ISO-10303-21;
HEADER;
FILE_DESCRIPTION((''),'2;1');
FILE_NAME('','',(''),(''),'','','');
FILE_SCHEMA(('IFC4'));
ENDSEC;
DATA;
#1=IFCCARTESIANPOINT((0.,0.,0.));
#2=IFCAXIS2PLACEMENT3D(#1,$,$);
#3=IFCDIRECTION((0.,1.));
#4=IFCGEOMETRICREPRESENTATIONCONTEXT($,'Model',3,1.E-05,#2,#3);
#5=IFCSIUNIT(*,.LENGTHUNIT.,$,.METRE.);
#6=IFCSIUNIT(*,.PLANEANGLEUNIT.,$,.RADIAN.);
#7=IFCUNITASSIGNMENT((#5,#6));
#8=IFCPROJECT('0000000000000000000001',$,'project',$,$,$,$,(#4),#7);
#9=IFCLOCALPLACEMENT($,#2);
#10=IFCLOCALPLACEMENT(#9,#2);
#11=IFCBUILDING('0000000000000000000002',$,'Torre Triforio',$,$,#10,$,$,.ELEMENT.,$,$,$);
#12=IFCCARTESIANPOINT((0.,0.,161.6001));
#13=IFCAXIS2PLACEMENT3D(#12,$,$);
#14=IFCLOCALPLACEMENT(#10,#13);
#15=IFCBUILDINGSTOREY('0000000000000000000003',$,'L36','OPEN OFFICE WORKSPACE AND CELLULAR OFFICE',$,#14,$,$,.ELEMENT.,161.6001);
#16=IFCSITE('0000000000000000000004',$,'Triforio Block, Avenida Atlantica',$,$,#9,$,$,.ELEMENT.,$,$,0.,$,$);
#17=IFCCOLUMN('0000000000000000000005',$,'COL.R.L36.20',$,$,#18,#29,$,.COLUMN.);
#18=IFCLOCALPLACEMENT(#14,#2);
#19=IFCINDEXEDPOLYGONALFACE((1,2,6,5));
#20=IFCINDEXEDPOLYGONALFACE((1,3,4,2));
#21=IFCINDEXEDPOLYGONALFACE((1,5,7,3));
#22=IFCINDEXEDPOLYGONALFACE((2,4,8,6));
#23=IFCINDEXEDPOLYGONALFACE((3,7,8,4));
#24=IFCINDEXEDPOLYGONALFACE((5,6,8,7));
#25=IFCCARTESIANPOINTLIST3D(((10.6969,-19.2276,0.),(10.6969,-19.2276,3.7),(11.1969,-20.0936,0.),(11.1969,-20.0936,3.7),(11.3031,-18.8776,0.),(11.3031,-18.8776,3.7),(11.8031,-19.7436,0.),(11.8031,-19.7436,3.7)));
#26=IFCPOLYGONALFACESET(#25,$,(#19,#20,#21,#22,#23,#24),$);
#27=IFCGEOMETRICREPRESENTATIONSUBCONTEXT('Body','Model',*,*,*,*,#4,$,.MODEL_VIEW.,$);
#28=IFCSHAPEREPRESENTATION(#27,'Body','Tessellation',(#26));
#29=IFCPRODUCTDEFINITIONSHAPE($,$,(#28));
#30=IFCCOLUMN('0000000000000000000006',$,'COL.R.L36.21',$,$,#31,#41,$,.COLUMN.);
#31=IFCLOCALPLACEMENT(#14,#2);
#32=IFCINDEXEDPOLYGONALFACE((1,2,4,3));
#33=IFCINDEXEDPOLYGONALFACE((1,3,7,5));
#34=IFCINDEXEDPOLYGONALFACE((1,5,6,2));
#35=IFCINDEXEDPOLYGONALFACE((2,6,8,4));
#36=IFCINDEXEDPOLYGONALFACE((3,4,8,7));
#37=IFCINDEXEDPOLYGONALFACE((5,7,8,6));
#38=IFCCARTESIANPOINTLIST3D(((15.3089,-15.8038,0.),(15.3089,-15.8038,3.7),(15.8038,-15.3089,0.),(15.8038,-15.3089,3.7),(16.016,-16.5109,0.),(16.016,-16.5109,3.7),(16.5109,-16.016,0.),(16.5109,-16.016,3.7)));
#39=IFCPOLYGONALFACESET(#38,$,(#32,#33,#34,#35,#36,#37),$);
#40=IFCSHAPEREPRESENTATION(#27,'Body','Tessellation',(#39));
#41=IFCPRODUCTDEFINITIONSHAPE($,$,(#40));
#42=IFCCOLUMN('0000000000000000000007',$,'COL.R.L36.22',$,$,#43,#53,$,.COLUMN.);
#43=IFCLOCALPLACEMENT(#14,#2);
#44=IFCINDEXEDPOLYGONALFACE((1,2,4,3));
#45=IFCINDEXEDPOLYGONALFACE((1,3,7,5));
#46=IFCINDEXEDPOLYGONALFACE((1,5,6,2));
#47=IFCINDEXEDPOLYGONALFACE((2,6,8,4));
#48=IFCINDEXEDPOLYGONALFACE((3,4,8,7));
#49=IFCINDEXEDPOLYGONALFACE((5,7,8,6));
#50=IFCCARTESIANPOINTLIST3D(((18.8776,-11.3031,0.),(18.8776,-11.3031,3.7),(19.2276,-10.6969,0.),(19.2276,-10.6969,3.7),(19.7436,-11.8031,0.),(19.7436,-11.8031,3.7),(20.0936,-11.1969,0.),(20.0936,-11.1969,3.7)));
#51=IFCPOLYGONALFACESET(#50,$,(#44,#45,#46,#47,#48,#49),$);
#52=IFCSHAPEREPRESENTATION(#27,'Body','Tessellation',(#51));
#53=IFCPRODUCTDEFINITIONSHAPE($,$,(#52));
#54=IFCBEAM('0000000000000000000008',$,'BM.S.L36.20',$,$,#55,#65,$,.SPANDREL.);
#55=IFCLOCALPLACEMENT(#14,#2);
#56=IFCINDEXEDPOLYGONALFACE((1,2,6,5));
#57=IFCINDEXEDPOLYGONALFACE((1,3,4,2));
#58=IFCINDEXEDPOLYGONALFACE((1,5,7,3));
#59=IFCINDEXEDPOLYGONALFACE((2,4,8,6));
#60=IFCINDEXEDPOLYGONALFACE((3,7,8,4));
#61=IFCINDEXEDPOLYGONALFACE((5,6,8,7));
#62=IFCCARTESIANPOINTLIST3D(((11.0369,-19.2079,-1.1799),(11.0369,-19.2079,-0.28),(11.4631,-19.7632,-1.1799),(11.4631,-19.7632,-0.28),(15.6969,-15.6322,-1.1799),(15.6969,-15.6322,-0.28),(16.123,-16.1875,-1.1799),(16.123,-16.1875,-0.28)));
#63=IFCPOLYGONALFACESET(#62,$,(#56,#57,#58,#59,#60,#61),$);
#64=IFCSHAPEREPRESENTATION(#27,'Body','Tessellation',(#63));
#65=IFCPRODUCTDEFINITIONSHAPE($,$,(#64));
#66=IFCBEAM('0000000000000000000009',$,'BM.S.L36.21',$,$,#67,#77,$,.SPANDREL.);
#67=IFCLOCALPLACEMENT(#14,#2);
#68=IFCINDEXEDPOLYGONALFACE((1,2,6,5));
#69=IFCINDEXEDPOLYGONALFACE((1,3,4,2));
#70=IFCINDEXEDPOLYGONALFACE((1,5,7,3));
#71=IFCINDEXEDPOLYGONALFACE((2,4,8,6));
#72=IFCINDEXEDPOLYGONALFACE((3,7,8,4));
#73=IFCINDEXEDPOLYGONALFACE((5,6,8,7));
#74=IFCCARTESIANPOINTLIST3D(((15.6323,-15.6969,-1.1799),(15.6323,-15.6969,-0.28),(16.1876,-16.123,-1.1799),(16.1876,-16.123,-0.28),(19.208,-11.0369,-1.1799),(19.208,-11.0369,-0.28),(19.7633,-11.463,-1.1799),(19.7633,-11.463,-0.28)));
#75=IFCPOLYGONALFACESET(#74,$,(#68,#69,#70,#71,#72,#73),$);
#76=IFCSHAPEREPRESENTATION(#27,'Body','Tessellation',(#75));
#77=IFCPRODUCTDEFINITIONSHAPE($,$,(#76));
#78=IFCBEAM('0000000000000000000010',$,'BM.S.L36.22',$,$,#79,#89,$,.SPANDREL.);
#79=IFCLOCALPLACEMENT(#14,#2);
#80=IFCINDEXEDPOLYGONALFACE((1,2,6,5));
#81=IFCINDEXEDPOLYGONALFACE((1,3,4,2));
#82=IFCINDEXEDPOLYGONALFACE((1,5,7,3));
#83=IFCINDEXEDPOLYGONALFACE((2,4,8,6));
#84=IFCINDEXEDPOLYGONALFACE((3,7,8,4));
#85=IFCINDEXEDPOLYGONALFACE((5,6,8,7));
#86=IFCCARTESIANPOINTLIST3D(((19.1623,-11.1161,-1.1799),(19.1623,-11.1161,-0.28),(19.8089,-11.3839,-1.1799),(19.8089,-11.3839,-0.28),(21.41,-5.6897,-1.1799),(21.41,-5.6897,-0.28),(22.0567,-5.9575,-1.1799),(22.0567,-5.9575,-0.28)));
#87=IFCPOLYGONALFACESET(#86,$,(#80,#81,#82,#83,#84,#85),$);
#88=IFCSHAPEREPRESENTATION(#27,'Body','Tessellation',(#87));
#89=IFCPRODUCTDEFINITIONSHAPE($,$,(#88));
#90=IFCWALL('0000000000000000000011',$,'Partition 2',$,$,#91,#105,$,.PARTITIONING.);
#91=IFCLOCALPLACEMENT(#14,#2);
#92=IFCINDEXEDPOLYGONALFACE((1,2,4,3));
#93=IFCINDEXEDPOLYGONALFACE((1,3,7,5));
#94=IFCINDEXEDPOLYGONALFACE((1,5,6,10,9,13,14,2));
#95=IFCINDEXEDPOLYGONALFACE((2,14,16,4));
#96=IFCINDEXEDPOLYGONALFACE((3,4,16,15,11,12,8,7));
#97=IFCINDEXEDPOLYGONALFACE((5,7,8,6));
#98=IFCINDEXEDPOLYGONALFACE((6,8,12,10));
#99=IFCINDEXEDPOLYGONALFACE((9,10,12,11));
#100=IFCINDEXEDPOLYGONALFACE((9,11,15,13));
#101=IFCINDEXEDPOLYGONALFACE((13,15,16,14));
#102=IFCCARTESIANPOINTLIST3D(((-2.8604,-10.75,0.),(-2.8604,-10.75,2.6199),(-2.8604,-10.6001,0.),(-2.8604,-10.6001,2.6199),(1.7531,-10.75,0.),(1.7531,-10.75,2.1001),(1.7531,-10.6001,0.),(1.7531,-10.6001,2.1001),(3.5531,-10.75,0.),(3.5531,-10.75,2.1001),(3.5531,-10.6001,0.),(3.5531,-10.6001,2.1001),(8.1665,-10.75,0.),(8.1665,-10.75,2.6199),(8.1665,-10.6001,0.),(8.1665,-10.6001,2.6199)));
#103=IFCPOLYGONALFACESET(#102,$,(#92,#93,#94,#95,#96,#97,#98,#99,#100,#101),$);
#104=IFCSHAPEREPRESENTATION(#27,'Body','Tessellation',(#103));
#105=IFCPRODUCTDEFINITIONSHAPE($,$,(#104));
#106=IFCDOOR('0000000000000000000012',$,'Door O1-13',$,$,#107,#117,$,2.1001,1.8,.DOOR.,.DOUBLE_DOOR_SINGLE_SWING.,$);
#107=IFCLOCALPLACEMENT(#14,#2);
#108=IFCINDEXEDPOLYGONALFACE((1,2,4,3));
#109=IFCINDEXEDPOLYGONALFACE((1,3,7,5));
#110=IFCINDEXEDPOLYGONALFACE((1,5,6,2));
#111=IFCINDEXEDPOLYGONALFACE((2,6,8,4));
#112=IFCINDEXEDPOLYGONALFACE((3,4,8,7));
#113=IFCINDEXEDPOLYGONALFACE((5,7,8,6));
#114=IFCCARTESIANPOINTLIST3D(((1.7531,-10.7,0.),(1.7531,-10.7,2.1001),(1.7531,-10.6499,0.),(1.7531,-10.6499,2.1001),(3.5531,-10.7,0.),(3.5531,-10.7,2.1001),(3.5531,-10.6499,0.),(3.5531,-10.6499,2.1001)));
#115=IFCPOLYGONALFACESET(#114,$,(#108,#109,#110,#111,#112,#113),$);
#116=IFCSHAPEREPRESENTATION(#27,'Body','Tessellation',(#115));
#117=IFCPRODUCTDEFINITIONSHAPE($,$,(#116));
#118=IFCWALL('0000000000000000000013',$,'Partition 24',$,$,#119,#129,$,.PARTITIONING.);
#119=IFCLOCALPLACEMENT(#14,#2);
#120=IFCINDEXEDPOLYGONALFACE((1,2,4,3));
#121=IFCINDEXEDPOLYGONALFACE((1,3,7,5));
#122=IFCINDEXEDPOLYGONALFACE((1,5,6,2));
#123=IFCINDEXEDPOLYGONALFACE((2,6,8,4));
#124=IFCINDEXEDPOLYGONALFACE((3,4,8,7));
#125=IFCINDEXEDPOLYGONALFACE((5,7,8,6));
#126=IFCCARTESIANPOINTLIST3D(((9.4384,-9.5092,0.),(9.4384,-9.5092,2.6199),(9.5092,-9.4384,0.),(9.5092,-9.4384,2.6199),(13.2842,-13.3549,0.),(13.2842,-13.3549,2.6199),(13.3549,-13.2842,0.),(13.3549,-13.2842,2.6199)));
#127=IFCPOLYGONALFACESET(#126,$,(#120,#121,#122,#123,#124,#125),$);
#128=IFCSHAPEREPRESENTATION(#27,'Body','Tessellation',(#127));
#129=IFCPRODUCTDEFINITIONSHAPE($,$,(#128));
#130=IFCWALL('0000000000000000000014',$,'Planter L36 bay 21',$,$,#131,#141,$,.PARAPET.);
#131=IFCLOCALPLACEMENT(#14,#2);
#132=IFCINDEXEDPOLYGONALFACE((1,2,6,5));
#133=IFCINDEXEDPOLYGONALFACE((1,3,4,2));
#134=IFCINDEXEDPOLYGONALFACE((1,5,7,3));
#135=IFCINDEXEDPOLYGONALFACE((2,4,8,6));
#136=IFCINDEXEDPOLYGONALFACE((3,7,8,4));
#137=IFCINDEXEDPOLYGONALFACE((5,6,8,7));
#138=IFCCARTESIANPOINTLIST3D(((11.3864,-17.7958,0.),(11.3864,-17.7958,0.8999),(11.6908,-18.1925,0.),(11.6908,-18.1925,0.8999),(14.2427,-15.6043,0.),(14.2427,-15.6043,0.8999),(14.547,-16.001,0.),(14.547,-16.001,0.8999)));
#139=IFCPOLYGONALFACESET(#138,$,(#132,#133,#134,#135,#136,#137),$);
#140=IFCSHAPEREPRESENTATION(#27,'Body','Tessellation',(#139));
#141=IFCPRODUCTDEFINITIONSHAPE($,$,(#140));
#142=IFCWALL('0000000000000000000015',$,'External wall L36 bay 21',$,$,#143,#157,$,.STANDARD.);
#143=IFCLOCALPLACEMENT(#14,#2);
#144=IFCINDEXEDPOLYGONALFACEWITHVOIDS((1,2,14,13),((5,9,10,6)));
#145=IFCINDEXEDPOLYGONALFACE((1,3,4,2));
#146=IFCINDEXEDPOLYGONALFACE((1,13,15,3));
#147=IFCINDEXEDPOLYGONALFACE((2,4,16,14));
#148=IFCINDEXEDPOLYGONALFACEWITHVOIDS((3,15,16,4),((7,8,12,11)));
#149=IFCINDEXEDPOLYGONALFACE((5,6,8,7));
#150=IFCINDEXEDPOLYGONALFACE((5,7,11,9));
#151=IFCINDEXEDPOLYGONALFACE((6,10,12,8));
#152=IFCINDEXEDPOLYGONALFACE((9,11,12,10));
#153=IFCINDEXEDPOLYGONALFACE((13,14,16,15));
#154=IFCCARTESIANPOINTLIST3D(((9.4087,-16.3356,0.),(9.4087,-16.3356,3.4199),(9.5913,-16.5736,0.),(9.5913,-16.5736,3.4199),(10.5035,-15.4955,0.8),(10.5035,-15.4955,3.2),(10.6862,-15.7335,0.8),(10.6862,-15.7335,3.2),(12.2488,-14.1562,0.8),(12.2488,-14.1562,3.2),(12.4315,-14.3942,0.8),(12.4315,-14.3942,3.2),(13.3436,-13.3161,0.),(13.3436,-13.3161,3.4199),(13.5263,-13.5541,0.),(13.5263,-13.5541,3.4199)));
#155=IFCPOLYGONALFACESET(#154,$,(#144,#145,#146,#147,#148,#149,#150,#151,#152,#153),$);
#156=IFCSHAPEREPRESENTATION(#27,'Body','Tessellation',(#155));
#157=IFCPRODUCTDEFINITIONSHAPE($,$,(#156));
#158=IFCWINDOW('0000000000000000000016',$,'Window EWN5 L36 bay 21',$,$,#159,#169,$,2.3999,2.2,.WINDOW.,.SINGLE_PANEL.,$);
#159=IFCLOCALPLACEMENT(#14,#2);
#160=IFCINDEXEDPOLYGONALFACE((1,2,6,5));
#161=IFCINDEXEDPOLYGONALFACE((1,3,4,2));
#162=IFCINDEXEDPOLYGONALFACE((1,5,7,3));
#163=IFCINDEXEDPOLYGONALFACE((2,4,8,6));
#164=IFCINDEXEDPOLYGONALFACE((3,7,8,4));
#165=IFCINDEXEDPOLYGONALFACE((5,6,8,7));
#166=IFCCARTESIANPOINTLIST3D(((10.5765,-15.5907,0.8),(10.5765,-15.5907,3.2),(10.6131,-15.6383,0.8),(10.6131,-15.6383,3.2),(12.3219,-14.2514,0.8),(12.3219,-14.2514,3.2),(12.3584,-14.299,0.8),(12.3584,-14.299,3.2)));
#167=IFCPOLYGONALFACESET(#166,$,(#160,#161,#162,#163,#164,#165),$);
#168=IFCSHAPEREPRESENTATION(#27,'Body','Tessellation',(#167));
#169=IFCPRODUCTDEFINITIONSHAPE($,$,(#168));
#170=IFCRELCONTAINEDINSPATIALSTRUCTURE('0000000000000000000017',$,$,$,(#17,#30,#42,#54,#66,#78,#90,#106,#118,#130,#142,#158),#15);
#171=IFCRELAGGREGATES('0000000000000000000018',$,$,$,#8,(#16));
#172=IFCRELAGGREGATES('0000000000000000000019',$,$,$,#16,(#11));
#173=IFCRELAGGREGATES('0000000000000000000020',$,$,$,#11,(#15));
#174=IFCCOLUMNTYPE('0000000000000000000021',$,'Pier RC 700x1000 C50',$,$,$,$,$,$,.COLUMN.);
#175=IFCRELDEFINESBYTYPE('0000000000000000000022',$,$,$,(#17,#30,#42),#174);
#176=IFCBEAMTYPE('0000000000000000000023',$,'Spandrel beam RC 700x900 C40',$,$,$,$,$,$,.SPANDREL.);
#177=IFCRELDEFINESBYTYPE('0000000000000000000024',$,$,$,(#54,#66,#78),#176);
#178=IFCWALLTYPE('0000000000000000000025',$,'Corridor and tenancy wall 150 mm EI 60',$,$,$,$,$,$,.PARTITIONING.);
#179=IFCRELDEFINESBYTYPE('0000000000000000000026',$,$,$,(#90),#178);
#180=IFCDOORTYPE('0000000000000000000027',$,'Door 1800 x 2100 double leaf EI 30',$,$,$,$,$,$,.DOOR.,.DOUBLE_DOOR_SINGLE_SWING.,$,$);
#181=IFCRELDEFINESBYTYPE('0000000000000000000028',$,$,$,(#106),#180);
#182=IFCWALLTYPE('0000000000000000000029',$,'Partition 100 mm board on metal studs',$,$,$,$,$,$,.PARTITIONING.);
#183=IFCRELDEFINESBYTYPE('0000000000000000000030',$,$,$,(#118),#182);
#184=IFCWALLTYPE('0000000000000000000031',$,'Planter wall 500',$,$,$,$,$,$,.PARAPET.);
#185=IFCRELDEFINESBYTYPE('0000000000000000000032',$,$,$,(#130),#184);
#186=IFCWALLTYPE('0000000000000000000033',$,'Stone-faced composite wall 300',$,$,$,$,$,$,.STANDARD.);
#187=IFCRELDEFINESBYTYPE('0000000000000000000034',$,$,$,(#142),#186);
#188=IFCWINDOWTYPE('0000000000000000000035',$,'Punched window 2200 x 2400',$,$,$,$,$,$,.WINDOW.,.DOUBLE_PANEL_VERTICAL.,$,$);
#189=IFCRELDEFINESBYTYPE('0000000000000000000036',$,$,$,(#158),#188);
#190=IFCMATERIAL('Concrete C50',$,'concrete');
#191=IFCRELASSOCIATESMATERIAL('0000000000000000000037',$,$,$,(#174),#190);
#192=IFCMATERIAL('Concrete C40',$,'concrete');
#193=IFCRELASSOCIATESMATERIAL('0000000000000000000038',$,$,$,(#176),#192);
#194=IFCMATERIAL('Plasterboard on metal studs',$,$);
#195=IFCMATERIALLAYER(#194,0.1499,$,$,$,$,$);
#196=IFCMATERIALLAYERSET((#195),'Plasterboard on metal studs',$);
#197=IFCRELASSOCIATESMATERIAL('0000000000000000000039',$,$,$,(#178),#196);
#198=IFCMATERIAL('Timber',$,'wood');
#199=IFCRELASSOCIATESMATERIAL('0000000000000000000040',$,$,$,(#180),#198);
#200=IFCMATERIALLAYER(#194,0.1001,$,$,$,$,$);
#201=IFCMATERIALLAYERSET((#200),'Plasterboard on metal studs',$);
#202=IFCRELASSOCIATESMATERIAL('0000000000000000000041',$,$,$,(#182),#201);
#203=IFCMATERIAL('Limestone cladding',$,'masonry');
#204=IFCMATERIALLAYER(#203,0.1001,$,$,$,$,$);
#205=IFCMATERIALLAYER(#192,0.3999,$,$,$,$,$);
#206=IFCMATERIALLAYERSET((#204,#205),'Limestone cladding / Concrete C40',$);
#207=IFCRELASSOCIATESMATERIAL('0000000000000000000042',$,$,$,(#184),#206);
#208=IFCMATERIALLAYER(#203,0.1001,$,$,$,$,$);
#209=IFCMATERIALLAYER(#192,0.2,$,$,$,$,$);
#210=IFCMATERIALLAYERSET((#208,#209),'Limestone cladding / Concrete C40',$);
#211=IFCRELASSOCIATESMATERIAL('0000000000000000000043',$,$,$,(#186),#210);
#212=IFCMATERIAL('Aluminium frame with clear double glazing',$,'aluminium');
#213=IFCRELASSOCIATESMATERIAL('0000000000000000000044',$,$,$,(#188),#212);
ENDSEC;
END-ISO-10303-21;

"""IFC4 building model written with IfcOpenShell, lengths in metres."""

from ifc_helpers import new_model, si_unit, direction, frame, frame_2d, origin, origin_2d, place, context, subcontext, project, spatial, rectangle, extrude, material, layer, layer_set, material_profile, profile_set, type_object, element, fill, save


model = new_model("IFC4")

# Units and contexts
model_context = context("Model", 3, precision=1e-05, world=origin(), true_north=direction((0.0, 1.0)))
body_context = subcontext(model_context, "Body", "Model", "MODEL_VIEW")
ifc_project = project(units=[si_unit("LENGTHUNIT", "METRE"), si_unit("PLANEANGLEUNIT", "RADIAN")], contexts=[model_context])

# Site, building, storey
site_placement = place(None, origin())
site = spatial("IfcSite", under=ifc_project, at=site_placement, Name="Triforio Block, Avenida Atlantica", CompositionType="ELEMENT", RefElevation=0.0)
building_placement = place(site_placement, origin())
building = spatial("IfcBuilding", under=site, at=building_placement, Name="Torre Triforio", CompositionType="ELEMENT")
storey_placement = place(building_placement, frame((0.0, 0.0, 161.6001)))
storey = spatial("IfcBuildingStorey", under=building, at=storey_placement, Name="L36", Description="OPEN OFFICE WORKSPACE AND CELLULAR OFFICE", CompositionType="ELEMENT", Elevation=161.6001)

# Columns
ifc_material_1 = material(Name="Concrete C50", Category="concrete")
ifc_material_profile_1 = material_profile(ifc_material_1, rectangle(XDim=0.7, YDim=1.0, at=origin_2d()), Name="RC 700x1000")
ifc_profile_set_1 = profile_set([ifc_material_profile_1], Name="Concrete C50")
column_type = type_object("IfcColumnType", Name="Pier RC 700x1000 C50", PredefinedType="COLUMN", material=ifc_profile_set_1)
for number, where, z_axis, x_axis, name in (
    (1, (11.25, -19.4856, 0.0), (0.0, 0.0, 1.0), (0.866025, 0.5, 0.0), "COL.R.L36.20"),
    (2, (15.9099, -15.9099, 0.0), (0.0, 0.0, 1.0), (0.707107, 0.707107, 0.0), "COL.R.L36.21"),
    (3, (19.4856, -11.25, 0.0), (0.0, 0.0, 1.0), (0.5, 0.866025, 0.0), "COL.R.L36.22"),
):
    element("IfcColumn", number, at=place(storey_placement, frame(where, z_axis=z_axis, x_axis=x_axis)), inside=storey, type_object=column_type, Name=name, PredefinedType="COLUMN", context=body_context, shape_type="SweptSolid", body=[
        extrude(rectangle(XDim=0.7, YDim=1.0, at=origin_2d()), origin(), (0.0, 0.0, 1.0), 3.7),
    ])

# Beams
ifc_material_2 = material(Name="Concrete C40", Category="concrete")
ifc_material_profile_2 = material_profile(ifc_material_2, rectangle(XDim=0.7, YDim=0.8999, at=origin_2d()), Name="RC 700x900")
ifc_profile_set_2 = profile_set([ifc_material_profile_2], Name="Concrete C40")
beam_type = type_object("IfcBeamType", Name="Spandrel beam RC 700x900 C40", PredefinedType="SPANDREL", material=ifc_profile_set_2)
for number, where, z_axis, x_axis, name in (
    (4, (11.25, -19.4856, -0.73), (0.793353, 0.608762, 0.0), (-0.608762, 0.793353, 0.0), "BM.S.L36.20"),
    (5, (15.9099, -15.9099, -0.73), (0.608762, 0.793353, 0.0), (-0.793353, 0.608762, 0.0), "BM.S.L36.21"),
):
    element("IfcBeam", number, at=place(storey_placement, frame(where, z_axis=z_axis, x_axis=x_axis)), inside=storey, type_object=beam_type, Name=name, PredefinedType="SPANDREL", context=body_context, shape_type="SweptSolid", body=[
        extrude(rectangle(XDim=0.7, YDim=0.8999, at=origin_2d()), origin(), (0.0, 0.0, 1.0), 5.8738),
    ])
beam_placement = place(storey_placement, frame((19.4856, -11.25, -0.73), z_axis=(0.382693, 0.923875, 0.0), x_axis=(-0.923875, 0.382693, 0.0)))
element("IfcBeam", 6, at=beam_placement, inside=storey, type_object=beam_type, Name="BM.S.L36.22", PredefinedType="SPANDREL", context=body_context, shape_type="SweptSolid", body=[
    extrude(rectangle(XDim=0.7, YDim=0.8999, at=origin_2d()), origin(), (0.0, 0.0, 1.0), 5.8735),
])

# Wall, opening, door
ifc_material_3 = material(Name="Plasterboard on metal studs")
ifc_layer_1 = layer(ifc_material_3, 0.1499)
ifc_layer_set_1 = layer_set([ifc_layer_1], Name="Plasterboard on metal studs")
wall_type_1 = type_object("IfcWallType", Name="Corridor and tenancy wall 150 mm EI 60", PredefinedType="PARTITIONING", material=ifc_layer_set_1)
wall_1_placement = place(storey_placement, frame((8.1665, -10.675, 0.0), z_axis=(0.0, 0.0, 1.0), x_axis=(-1.0, 0.0, 0.0)))
wall_1 = element("IfcWall", 7, at=wall_1_placement, inside=storey, type_object=wall_type_1, Name="Partition 2", PredefinedType="PARTITIONING", context=body_context, shape_type="SweptSolid", body=[
    extrude(rectangle(XDim=11.0269, YDim=0.1499, at=frame_2d((5.5134, 0.0))), origin(), (0.0, 0.0, 1.0), 2.6199),
])
opening_1_placement = place(wall_1_placement, frame((4.6135, 0.0, 0.0)))
opening_1 = element("IfcOpeningElement", 8, at=opening_1_placement, cuts=wall_1, PredefinedType="OPENING", context=body_context, shape_type="SweptSolid", body=[
    extrude(rectangle(XDim=1.8, YDim=2.1001, at=frame_2d((0.8999, 1.05))), frame((0.0, 0.085, 0.0), z_axis=(0.0, -1.0, 0.0), x_axis=(1.0, 0.0, 0.0)), (0.0, 0.0, 1.0), 0.1699),
])
ifc_material_4 = material(Name="Timber", Category="wood")
door_type_1 = type_object("IfcDoorType", Name="Door 1800 x 2100 double leaf EI 30", OperationType="DOUBLE_DOOR_SINGLE_SWING", PredefinedType="DOOR", material=ifc_material_4)
door_1_placement = place(opening_1_placement, origin())
door_1 = element("IfcDoor", 9, at=door_1_placement, inside=storey, type_object=door_type_1, Name="Door O1-13", OperationType="DOUBLE_DOOR_SINGLE_SWING", OverallHeight=2.1001, OverallWidth=1.8, PredefinedType="DOOR", context=body_context, shape_type="SweptSolid", body=[
    extrude(rectangle(XDim=1.8, YDim=2.1001, at=frame_2d((0.8999, 1.05))), frame((0.0, 0.0249, 0.0), z_axis=(0.0, -1.0, 0.0), x_axis=(1.0, 0.0, 0.0)), (0.0, 0.0, 1.0), 0.05),
])
fill(opening_1, door_1)

# Walls
ifc_layer_2 = layer(ifc_material_3, 0.1001)
ifc_layer_set_2 = layer_set([ifc_layer_2], Name="Plasterboard on metal studs")
wall_type_2 = type_object("IfcWallType", Name="Partition 100 mm board on metal studs", PredefinedType="PARTITIONING", material=ifc_layer_set_2)
wall_2_placement = place(storey_placement, frame((9.4739, -9.4739, 0.0), z_axis=(0.0, 0.0, 1.0), x_axis=(0.707107, -0.707107, 0.0)))
element("IfcWall", 10, at=wall_2_placement, inside=storey, type_object=wall_type_2, Name="Partition 24", PredefinedType="PARTITIONING", context=body_context, shape_type="SweptSolid", body=[
    extrude(rectangle(XDim=5.4387, YDim=0.1001, at=frame_2d((2.7192, 0.0))), origin(), (0.0, 0.0, 1.0), 2.6199),
])
ifc_material_5 = material(Name="Limestone cladding", Category="masonry")
ifc_layer_3 = layer(ifc_material_5, 0.1001)
ifc_layer_4 = layer(ifc_material_2, 0.3999)
ifc_layer_set_3 = layer_set([ifc_layer_3, ifc_layer_4], Name="Limestone cladding / Concrete C40")
wall_type_3 = type_object("IfcWallType", Name="Planter wall 500", PredefinedType="PARAPET", material=ifc_layer_set_3)
wall_3_placement = place(storey_placement, frame((11.5386, -17.9941, 0.0), z_axis=(0.0, 0.0, 1.0), x_axis=(0.793385, 0.608721, 0.0)))
element("IfcWall", 11, at=wall_3_placement, inside=storey, type_object=wall_type_3, Name="Planter L36 bay 21", PredefinedType="PARAPET", context=body_context, shape_type="SweptSolid", body=[
    extrude(rectangle(XDim=3.6001, YDim=0.5, at=frame_2d((1.8, 0.0))), origin(), (0.0, 0.0, 1.0), 0.8999),
])

# Wall, opening, window
ifc_layer_5 = layer(ifc_material_5, 0.1001)
ifc_layer_6 = layer(ifc_material_2, 0.2)
ifc_layer_set_4 = layer_set([ifc_layer_5, ifc_layer_6], Name="Limestone cladding / Concrete C40")
wall_type_4 = type_object("IfcWallType", Name="Stone-faced composite wall 300", PredefinedType="STANDARD", material=ifc_layer_set_4)
wall_4_placement = place(storey_placement, frame((9.5, -16.4546, 0.0), z_axis=(0.0, 0.0, 1.0), x_axis=(0.793348, 0.608768, 0.0)))
wall_4 = element("IfcWall", 12, at=wall_4_placement, inside=storey, type_object=wall_type_4, Name="External wall L36 bay 21", PredefinedType="STANDARD", context=body_context, shape_type="SweptSolid", body=[
    extrude(rectangle(XDim=4.96, YDim=0.3, at=frame_2d((2.48, 0.0))), origin(), (0.0, 0.0, 1.0), 3.4199),
])
opening_2_placement = place(wall_4_placement, frame((1.3799, 0.0, 0.8)))
opening_2 = element("IfcOpeningElement", 13, at=opening_2_placement, cuts=wall_4, PredefinedType="OPENING", context=body_context, shape_type="SweptSolid", body=[
    extrude(rectangle(XDim=2.2, YDim=2.3999, at=frame_2d((1.1001, 1.2))), frame((0.0, 0.1599, 0.0), z_axis=(0.0, -1.0, 0.0), x_axis=(1.0, 0.0, 0.0)), (0.0, 0.0, 1.0), 0.3201),
])
ifc_material_6 = material(Name="Aluminium frame with clear double glazing", Category="aluminium")
window_type_1 = type_object("IfcWindowType", Name="Punched window 2200 x 2400", PartitioningType="DOUBLE_PANEL_VERTICAL", PredefinedType="WINDOW", material=ifc_material_6)
window_1_placement = place(opening_2_placement, origin())
window_1 = element("IfcWindow", 14, at=window_1_placement, inside=storey, type_object=window_type_1, Name="Window EWN5 L36 bay 21", OverallHeight=2.3999, OverallWidth=2.2, PartitioningType="SINGLE_PANEL", PredefinedType="WINDOW", context=body_context, shape_type="SweptSolid", body=[
    extrude(rectangle(XDim=2.2, YDim=2.3999, at=frame_2d((1.1001, 1.2))), frame((0.0, 0.03, 0.0), z_axis=(0.0, -1.0, 0.0), x_axis=(1.0, 0.0, 0.0)), (0.0, 0.0, 1.0), 0.0601),
])
fill(opening_2, window_1)

save(model, "model.ifc")
